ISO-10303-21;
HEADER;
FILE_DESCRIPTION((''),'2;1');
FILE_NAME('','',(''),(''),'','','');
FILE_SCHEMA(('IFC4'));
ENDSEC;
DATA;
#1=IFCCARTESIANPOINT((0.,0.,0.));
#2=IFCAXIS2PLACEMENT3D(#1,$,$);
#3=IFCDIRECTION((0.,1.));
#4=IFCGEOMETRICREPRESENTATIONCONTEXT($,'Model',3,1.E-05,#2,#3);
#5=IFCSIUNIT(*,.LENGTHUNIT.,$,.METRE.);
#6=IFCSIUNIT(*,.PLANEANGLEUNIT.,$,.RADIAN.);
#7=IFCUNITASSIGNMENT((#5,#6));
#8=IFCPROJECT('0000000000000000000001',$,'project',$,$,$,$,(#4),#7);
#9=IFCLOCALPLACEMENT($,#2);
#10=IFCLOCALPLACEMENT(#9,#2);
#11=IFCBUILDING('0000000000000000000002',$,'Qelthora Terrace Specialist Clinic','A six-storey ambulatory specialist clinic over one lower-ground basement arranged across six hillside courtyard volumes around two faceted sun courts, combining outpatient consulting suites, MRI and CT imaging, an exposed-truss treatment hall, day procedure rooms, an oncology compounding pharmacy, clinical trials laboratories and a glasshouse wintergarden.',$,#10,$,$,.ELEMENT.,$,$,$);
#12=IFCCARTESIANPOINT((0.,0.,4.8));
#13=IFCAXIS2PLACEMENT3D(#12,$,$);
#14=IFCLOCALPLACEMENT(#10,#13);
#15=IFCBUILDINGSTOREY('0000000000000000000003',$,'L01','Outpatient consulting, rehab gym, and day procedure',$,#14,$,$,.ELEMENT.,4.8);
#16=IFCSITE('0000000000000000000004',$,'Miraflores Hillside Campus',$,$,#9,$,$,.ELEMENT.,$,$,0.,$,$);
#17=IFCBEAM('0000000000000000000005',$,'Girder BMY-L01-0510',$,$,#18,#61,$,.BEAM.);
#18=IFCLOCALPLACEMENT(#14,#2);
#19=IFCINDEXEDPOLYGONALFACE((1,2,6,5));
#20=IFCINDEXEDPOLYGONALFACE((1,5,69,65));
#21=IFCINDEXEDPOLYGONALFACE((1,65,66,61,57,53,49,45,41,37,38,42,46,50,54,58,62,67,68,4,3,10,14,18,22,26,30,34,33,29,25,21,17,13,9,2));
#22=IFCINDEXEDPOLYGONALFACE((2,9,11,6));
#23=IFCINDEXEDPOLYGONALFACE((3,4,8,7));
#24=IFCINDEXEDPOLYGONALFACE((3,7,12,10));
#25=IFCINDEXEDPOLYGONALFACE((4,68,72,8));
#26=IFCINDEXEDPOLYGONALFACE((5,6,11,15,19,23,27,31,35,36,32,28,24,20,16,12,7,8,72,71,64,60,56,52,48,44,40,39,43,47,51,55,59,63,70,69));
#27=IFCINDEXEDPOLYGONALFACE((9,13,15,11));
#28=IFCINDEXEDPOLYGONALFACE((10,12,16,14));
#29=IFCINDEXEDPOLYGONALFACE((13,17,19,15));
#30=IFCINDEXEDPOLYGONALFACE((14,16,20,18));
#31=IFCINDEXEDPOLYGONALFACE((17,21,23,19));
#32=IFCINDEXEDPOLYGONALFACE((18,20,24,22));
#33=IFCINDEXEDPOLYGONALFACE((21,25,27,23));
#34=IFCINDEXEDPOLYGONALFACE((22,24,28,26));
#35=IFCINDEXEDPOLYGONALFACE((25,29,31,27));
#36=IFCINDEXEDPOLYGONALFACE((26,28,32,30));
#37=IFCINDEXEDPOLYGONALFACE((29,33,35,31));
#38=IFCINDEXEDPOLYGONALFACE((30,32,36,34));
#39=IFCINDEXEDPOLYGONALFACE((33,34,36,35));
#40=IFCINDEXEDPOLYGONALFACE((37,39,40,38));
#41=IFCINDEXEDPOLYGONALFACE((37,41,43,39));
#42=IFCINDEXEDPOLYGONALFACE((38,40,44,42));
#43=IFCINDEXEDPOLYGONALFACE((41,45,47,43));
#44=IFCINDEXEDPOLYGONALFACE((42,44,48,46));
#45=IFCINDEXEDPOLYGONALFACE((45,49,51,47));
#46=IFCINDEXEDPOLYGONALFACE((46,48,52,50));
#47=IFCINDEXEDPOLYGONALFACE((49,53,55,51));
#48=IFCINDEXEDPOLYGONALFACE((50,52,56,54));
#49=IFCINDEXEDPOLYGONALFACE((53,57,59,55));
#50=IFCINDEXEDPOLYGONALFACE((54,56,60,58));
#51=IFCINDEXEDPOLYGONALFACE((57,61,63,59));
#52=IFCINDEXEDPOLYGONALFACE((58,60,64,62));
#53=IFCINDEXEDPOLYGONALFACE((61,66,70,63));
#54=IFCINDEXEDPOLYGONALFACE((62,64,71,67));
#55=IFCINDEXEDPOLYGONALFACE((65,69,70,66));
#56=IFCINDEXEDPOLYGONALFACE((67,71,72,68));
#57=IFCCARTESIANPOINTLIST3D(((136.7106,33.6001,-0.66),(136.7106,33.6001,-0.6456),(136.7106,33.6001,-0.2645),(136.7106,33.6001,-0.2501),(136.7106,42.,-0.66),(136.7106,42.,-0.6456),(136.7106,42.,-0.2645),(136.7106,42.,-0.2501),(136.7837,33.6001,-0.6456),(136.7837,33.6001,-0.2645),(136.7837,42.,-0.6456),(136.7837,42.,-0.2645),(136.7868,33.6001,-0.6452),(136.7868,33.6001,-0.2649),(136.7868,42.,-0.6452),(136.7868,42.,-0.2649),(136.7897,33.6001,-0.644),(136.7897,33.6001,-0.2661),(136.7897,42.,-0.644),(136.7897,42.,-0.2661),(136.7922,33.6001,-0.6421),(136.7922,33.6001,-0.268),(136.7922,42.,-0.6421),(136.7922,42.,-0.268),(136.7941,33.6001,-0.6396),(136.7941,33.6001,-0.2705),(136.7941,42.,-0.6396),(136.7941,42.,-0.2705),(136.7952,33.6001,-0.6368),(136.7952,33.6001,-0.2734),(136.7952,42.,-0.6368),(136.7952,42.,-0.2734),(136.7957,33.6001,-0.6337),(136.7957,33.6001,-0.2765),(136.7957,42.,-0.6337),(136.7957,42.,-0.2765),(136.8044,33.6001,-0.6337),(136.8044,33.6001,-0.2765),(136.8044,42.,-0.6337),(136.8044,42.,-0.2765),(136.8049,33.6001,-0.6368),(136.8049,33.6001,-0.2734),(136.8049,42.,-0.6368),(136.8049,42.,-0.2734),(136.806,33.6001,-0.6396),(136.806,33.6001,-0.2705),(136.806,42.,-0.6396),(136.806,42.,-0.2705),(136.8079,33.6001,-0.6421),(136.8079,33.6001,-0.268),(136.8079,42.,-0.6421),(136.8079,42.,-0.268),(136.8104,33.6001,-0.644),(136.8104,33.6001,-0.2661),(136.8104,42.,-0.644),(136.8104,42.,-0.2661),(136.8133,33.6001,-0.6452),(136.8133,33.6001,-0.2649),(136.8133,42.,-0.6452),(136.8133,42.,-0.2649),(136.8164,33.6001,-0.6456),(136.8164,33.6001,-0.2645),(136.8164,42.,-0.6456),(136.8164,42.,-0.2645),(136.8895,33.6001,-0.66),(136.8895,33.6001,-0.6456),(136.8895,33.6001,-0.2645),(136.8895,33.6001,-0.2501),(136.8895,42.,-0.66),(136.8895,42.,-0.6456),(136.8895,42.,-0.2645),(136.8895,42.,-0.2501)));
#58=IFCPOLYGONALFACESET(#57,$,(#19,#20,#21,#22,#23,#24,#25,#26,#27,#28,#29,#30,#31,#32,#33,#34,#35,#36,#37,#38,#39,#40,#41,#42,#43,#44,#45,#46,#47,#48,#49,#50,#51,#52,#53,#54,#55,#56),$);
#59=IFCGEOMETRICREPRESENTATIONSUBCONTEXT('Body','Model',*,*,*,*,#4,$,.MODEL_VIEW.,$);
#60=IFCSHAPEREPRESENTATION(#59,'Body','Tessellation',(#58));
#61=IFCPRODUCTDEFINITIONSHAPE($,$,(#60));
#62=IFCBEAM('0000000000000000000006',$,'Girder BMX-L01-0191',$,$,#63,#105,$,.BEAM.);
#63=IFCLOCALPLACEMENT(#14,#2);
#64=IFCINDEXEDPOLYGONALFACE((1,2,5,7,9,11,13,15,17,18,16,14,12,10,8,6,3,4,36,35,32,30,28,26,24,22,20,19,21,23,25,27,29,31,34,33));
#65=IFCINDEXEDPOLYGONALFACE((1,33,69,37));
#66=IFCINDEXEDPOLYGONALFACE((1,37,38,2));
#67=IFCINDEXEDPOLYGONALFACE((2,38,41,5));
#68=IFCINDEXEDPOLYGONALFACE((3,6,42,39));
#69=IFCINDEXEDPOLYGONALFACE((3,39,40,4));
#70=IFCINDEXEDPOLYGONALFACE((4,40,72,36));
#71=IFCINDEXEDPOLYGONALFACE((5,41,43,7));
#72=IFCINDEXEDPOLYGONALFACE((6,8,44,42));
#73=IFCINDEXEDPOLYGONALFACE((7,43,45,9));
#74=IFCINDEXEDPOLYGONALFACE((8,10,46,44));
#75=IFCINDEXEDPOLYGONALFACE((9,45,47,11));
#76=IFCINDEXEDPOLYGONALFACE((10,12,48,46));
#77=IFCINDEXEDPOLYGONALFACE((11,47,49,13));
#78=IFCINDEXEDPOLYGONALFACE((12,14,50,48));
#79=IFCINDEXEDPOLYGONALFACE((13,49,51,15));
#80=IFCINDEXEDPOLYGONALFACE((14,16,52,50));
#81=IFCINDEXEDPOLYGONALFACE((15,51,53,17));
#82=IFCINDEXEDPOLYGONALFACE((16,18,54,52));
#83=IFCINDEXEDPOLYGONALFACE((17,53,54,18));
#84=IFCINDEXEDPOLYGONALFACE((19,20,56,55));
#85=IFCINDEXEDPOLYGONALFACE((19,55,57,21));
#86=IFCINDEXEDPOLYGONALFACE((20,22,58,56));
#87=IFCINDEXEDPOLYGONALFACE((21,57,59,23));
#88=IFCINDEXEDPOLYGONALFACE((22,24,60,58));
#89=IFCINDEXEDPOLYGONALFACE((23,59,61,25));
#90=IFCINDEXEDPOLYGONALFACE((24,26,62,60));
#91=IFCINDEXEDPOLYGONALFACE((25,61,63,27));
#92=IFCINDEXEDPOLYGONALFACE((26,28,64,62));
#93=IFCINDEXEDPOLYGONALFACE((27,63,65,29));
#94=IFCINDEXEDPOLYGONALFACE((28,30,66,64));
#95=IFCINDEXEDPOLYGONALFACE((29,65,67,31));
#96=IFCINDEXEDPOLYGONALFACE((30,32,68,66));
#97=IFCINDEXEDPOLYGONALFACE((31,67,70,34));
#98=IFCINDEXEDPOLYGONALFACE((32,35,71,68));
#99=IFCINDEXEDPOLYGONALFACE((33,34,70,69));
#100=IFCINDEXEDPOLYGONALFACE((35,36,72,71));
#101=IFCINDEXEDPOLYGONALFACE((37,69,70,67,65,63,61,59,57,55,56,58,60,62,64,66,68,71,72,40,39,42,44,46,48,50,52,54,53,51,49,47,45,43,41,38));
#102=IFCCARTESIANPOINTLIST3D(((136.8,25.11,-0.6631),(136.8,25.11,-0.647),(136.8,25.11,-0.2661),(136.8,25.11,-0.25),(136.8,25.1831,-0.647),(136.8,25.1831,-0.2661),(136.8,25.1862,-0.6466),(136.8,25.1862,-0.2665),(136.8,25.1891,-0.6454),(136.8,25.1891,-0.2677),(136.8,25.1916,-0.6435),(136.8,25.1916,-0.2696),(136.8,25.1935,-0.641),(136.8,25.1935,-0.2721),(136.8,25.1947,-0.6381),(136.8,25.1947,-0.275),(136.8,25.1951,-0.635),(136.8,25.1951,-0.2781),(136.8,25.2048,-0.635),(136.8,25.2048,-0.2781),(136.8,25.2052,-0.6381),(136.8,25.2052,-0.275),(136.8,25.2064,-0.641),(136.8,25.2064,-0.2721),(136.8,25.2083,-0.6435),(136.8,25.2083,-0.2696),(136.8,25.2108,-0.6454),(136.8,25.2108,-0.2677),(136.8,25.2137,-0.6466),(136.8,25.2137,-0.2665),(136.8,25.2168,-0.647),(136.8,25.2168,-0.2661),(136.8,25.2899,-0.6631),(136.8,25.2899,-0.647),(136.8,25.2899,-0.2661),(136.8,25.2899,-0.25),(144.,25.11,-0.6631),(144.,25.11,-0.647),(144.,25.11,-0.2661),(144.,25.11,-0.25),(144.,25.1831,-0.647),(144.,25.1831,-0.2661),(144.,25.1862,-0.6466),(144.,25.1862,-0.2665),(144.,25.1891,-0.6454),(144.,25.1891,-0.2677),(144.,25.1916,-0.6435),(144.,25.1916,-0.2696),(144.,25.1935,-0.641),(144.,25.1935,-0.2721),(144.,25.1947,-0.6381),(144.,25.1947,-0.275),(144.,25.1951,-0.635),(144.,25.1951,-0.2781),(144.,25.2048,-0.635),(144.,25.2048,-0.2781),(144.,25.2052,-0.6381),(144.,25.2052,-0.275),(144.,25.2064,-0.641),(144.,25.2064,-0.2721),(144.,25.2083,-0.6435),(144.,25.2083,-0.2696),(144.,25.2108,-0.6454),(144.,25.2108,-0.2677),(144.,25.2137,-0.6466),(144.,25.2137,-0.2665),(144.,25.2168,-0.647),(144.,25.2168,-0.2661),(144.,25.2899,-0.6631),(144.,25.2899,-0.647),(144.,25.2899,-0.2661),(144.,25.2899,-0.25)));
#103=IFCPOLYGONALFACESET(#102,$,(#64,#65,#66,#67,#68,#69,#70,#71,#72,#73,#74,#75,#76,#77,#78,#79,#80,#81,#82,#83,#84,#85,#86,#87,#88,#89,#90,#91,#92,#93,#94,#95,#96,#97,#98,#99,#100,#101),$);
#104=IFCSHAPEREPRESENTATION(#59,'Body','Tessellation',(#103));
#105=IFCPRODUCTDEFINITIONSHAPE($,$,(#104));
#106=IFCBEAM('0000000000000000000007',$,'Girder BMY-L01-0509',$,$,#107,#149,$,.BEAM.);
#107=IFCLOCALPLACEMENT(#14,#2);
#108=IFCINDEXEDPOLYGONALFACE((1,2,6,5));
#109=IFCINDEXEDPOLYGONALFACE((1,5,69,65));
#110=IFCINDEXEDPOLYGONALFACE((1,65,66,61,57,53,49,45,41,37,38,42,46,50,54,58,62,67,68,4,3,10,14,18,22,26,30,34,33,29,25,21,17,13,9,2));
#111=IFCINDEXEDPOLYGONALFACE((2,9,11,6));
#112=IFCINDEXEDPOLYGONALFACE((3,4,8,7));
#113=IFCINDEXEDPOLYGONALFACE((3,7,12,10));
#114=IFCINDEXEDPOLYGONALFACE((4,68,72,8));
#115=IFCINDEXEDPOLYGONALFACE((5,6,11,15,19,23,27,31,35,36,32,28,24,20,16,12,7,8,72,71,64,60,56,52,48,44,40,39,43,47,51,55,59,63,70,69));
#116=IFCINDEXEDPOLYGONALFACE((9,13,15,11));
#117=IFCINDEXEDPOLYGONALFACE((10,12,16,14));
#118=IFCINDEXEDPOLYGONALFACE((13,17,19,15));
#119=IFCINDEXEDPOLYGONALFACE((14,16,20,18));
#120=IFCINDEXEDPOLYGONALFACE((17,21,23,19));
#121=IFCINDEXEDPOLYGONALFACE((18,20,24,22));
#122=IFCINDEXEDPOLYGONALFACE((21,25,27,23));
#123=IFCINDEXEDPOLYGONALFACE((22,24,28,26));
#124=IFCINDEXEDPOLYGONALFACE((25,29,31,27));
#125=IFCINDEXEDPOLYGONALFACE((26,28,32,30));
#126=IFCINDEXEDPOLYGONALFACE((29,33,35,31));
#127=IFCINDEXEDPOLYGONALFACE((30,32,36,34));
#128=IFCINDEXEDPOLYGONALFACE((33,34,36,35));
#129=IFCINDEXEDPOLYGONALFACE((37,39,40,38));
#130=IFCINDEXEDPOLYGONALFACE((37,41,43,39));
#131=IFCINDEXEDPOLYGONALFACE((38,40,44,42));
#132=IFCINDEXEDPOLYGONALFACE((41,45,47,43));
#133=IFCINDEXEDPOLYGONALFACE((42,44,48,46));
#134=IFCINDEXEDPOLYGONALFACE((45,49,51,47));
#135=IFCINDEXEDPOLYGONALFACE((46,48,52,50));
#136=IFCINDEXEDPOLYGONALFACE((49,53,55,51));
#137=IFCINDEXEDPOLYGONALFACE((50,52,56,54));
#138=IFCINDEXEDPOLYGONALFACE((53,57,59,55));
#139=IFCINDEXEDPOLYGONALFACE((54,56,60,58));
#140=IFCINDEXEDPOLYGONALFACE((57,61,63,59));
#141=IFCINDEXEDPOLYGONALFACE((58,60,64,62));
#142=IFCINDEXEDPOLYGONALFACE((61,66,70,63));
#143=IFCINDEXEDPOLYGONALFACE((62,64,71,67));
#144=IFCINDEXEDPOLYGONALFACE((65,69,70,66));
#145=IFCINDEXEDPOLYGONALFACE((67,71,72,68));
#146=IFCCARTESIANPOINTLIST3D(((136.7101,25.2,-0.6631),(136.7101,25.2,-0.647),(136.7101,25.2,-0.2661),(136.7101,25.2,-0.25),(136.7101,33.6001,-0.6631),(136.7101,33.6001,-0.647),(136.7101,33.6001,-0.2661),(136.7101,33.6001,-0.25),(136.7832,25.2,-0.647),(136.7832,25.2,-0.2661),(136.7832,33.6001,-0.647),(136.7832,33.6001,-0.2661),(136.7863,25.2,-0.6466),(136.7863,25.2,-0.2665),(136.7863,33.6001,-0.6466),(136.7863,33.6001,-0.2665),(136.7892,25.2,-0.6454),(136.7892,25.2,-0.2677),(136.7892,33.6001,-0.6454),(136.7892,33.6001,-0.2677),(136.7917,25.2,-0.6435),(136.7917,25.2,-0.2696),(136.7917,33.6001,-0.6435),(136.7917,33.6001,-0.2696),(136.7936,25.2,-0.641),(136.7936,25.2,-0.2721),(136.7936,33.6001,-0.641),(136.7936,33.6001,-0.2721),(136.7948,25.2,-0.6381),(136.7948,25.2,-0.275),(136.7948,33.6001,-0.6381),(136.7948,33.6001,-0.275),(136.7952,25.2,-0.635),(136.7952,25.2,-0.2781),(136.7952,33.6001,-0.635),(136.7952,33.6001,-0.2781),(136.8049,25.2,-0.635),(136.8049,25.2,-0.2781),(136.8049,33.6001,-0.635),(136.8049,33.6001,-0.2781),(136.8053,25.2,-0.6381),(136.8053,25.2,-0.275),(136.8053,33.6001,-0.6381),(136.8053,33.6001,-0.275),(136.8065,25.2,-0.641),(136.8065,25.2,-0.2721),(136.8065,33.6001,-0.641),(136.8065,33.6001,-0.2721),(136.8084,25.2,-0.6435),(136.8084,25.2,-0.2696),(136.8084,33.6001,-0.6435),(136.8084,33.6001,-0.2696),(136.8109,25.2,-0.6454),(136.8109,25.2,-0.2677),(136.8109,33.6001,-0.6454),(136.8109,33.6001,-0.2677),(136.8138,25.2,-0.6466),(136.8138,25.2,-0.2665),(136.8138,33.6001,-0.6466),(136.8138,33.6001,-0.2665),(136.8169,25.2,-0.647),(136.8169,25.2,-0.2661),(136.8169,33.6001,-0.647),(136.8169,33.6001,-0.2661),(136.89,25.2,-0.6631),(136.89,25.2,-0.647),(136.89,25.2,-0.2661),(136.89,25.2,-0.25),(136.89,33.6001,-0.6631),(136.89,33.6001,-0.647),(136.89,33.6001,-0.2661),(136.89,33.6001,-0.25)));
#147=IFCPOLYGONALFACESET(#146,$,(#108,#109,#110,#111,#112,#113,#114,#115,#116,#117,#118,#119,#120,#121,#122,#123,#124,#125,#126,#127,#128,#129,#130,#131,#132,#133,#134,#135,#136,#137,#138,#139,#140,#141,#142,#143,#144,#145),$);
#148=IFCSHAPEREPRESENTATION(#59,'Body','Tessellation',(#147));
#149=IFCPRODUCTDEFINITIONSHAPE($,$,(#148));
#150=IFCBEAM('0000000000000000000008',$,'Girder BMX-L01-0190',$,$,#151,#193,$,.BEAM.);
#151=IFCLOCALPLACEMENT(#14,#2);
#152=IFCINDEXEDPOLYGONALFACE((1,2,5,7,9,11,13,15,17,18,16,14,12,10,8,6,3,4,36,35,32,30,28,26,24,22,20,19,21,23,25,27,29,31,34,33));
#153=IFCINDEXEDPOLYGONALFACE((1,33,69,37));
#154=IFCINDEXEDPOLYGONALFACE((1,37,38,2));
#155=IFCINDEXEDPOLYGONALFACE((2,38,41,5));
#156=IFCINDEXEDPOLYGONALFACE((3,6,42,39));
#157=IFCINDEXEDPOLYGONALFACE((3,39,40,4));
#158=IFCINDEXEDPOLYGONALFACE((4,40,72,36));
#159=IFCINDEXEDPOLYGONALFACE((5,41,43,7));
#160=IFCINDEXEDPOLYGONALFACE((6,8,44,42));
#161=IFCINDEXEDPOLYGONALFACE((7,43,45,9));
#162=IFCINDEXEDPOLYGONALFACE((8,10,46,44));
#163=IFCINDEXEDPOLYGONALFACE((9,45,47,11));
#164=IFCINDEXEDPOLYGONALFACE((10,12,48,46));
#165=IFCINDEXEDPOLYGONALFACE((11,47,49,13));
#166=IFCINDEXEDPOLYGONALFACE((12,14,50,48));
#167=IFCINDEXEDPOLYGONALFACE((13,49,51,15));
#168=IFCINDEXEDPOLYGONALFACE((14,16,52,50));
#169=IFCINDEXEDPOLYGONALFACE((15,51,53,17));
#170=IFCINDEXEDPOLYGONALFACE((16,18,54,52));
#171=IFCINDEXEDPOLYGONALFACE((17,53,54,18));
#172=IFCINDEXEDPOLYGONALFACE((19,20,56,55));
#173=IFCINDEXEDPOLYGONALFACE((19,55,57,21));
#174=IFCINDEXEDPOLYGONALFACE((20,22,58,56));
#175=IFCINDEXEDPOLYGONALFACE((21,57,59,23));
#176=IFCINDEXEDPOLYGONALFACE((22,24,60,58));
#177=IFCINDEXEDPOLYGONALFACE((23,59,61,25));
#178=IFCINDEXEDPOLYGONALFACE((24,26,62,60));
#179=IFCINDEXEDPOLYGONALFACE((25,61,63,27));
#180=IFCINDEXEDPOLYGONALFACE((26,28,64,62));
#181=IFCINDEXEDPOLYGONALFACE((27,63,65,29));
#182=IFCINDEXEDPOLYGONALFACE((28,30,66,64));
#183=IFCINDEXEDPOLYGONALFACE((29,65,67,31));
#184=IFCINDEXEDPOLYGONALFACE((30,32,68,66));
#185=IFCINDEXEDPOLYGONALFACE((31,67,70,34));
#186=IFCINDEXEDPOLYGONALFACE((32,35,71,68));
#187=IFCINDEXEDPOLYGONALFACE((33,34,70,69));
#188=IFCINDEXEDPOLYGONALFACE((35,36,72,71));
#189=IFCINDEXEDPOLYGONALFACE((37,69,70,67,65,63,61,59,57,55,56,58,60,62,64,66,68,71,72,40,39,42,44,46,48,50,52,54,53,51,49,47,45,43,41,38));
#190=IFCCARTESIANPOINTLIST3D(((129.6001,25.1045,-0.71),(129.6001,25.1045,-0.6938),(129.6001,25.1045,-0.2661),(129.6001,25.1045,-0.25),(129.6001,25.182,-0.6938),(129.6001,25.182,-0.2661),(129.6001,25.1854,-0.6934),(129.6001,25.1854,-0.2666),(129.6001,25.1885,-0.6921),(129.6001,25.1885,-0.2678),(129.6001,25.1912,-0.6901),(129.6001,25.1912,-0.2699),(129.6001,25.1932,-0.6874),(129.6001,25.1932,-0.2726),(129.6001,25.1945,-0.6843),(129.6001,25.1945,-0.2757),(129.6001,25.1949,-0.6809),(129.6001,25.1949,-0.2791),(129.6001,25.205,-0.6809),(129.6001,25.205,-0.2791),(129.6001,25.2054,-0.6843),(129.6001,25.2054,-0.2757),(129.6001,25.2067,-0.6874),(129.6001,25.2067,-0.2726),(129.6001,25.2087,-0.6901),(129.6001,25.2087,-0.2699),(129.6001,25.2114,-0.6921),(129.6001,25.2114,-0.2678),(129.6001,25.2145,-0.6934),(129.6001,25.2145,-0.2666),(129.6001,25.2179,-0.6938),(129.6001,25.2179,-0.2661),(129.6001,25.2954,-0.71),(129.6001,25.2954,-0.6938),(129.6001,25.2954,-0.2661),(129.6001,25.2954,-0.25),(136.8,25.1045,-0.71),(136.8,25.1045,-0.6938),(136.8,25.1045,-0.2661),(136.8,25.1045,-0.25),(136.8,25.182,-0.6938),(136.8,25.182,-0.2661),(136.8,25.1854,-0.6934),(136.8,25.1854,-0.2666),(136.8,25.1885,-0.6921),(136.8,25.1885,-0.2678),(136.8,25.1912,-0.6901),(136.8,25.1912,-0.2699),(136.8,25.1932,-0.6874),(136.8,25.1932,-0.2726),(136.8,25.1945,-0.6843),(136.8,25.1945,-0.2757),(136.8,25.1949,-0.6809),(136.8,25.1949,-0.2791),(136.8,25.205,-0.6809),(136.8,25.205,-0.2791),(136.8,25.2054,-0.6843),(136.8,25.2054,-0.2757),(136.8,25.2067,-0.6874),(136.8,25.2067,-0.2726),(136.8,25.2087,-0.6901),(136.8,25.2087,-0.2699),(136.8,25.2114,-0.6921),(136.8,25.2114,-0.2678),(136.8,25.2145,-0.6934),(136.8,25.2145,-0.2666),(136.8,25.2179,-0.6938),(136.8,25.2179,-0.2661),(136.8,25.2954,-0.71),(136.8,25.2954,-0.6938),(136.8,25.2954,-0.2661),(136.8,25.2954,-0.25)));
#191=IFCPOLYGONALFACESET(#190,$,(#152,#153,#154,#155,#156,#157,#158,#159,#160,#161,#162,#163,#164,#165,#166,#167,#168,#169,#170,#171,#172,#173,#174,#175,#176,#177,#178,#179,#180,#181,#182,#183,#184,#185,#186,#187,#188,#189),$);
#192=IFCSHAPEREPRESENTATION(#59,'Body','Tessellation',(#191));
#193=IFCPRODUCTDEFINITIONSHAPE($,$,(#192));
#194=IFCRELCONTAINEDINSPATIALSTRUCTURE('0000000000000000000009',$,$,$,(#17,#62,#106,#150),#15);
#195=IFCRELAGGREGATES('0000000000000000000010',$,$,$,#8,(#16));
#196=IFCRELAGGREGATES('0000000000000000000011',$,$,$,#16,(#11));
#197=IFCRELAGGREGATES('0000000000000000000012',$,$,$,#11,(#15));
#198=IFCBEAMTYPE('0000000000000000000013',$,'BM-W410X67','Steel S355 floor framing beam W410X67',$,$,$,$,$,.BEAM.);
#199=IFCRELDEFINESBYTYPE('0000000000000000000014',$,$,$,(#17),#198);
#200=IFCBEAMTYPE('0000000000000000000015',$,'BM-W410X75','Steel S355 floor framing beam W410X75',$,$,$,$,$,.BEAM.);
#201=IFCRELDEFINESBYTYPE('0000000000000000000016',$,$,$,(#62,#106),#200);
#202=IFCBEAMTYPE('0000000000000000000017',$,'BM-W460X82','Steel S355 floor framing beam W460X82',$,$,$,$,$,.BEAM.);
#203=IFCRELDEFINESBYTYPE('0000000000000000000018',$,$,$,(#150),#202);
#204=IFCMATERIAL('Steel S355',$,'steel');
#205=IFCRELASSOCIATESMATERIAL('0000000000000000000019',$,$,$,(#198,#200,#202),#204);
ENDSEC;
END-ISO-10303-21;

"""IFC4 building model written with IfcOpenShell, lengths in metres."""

from ifc_helpers import new_model, si_unit, direction, frame, origin, origin_2d, place, context, subcontext, project, spatial, i_section, extrude, material, material_profile, profile_set, type_object, element, save


model = new_model("IFC4")

# Units and contexts
model_context = context("Model", 3, precision=1e-05, world=origin(), true_north=direction((0.0, 1.0)))
body_context = subcontext(model_context, "Body", "Model", "MODEL_VIEW")
ifc_project = project(units=[si_unit("LENGTHUNIT", "METRE"), si_unit("PLANEANGLEUNIT", "RADIAN")], contexts=[model_context])

# Site, building, storey
site_placement = place(None, origin())
site = spatial("IfcSite", under=ifc_project, at=site_placement, Name="Miraflores Hillside Campus", CompositionType="ELEMENT", RefElevation=0.0)
building_placement = place(site_placement, origin())
building = spatial("IfcBuilding", under=site, at=building_placement, Name="Qelthora Terrace Specialist Clinic", Description="A six-storey ambulatory specialist clinic over one lower-ground basement arranged across six hillside courtyard volumes around two faceted sun courts, combining outpatient consulting suites, MRI and CT imaging, an exposed-truss treatment hall, day procedure rooms, an oncology compounding pharmacy, clinical trials laboratories and a glasshouse wintergarden.", CompositionType="ELEMENT")
storey_placement = place(building_placement, frame((0.0, 0.0, 4.8)))
storey = spatial("IfcBuildingStorey", under=building, at=storey_placement, Name="L01", Description="Outpatient consulting, rehab gym, and day procedure", CompositionType="ELEMENT", Elevation=4.8)

# Shared definitions
ifc_material_1 = material(Name="Steel S355", Category="steel")

# Beams
ifc_material_profile_1 = material_profile(ifc_material_1, i_section(OverallWidth=0.179, OverallDepth=0.4099, WebThickness=0.0088, FlangeThickness=0.0144, FilletRadius=0.012, at=origin_2d()), Name="W410X67")
ifc_profile_set_1 = profile_set([ifc_material_profile_1], Name="Steel S355")
beam_type_1 = type_object("IfcBeamType", Name="BM-W410X67", Description="Steel S355 floor framing beam W410X67", PredefinedType="BEAM", material=ifc_profile_set_1)
beam_1_placement = place(storey_placement, frame((136.8, 33.6001, -0.4551), z_axis=(0.0, 1.0, 0.0), x_axis=(-1.0, 0.0, 0.0)))
element("IfcBeam", 1, at=beam_1_placement, inside=storey, type_object=beam_type_1, Name="Girder BMY-L01-0510", PredefinedType="BEAM", context=body_context, shape_type="SweptSolid", body=[
    extrude(i_section(OverallWidth=0.179, OverallDepth=0.4099, WebThickness=0.0088, FlangeThickness=0.0144, FilletRadius=0.012, at=origin_2d()), origin(), (0.0, 0.0, 1.0), 8.3999),
])
ifc_material_profile_2 = material_profile(ifc_material_1, i_section(OverallWidth=0.1799, OverallDepth=0.4131, WebThickness=0.0098, FlangeThickness=0.0161, FilletRadius=0.012, at=origin_2d()), Name="W410X75")
ifc_profile_set_2 = profile_set([ifc_material_profile_2], Name="Steel S355")
beam_type_2 = type_object("IfcBeamType", Name="BM-W410X75", Description="Steel S355 floor framing beam W410X75", PredefinedType="BEAM", material=ifc_profile_set_2)
beam_2_placement = place(storey_placement, frame((136.8, 25.2, -0.4565), z_axis=(1.0, 0.0, 0.0), x_axis=(0.0, 1.0, 0.0)))
element("IfcBeam", 2, at=beam_2_placement, inside=storey, type_object=beam_type_2, Name="Girder BMX-L01-0191", PredefinedType="BEAM", context=body_context, shape_type="SweptSolid", body=[
    extrude(i_section(OverallWidth=0.1799, OverallDepth=0.4131, WebThickness=0.0098, FlangeThickness=0.0161, FilletRadius=0.012, at=origin_2d()), origin(), (0.0, 0.0, 1.0), 7.2),
])
beam_3_placement = place(storey_placement, frame((136.8, 25.2, -0.4565), z_axis=(0.0, 1.0, 0.0), x_axis=(-1.0, 0.0, 0.0)))
element("IfcBeam", 3, at=beam_3_placement, inside=storey, type_object=beam_type_2, Name="Girder BMY-L01-0509", PredefinedType="BEAM", context=body_context, shape_type="SweptSolid", body=[
    extrude(i_section(OverallWidth=0.1799, OverallDepth=0.4131, WebThickness=0.0098, FlangeThickness=0.0161, FilletRadius=0.012, at=origin_2d()), origin(), (0.0, 0.0, 1.0), 8.4001),
])
ifc_material_profile_3 = material_profile(ifc_material_1, i_section(OverallWidth=0.1909, OverallDepth=0.46, WebThickness=0.01, FlangeThickness=0.0161, FilletRadius=0.0129, at=origin_2d()), Name="W460X82")
ifc_profile_set_3 = profile_set([ifc_material_profile_3], Name="Steel S355")
beam_type_3 = type_object("IfcBeamType", Name="BM-W460X82", Description="Steel S355 floor framing beam W460X82", PredefinedType="BEAM", material=ifc_profile_set_3)
beam_4_placement = place(storey_placement, frame((129.6001, 25.2, -0.48), z_axis=(1.0, 0.0, 0.0), x_axis=(0.0, 1.0, 0.0)))
element("IfcBeam", 4, at=beam_4_placement, inside=storey, type_object=beam_type_3, Name="Girder BMX-L01-0190", PredefinedType="BEAM", context=body_context, shape_type="SweptSolid", body=[
    extrude(i_section(OverallWidth=0.1909, OverallDepth=0.46, WebThickness=0.01, FlangeThickness=0.0161, FilletRadius=0.0129, at=origin_2d()), origin(), (0.0, 0.0, 1.0), 7.2),
])

save(model, "model.ifc")
